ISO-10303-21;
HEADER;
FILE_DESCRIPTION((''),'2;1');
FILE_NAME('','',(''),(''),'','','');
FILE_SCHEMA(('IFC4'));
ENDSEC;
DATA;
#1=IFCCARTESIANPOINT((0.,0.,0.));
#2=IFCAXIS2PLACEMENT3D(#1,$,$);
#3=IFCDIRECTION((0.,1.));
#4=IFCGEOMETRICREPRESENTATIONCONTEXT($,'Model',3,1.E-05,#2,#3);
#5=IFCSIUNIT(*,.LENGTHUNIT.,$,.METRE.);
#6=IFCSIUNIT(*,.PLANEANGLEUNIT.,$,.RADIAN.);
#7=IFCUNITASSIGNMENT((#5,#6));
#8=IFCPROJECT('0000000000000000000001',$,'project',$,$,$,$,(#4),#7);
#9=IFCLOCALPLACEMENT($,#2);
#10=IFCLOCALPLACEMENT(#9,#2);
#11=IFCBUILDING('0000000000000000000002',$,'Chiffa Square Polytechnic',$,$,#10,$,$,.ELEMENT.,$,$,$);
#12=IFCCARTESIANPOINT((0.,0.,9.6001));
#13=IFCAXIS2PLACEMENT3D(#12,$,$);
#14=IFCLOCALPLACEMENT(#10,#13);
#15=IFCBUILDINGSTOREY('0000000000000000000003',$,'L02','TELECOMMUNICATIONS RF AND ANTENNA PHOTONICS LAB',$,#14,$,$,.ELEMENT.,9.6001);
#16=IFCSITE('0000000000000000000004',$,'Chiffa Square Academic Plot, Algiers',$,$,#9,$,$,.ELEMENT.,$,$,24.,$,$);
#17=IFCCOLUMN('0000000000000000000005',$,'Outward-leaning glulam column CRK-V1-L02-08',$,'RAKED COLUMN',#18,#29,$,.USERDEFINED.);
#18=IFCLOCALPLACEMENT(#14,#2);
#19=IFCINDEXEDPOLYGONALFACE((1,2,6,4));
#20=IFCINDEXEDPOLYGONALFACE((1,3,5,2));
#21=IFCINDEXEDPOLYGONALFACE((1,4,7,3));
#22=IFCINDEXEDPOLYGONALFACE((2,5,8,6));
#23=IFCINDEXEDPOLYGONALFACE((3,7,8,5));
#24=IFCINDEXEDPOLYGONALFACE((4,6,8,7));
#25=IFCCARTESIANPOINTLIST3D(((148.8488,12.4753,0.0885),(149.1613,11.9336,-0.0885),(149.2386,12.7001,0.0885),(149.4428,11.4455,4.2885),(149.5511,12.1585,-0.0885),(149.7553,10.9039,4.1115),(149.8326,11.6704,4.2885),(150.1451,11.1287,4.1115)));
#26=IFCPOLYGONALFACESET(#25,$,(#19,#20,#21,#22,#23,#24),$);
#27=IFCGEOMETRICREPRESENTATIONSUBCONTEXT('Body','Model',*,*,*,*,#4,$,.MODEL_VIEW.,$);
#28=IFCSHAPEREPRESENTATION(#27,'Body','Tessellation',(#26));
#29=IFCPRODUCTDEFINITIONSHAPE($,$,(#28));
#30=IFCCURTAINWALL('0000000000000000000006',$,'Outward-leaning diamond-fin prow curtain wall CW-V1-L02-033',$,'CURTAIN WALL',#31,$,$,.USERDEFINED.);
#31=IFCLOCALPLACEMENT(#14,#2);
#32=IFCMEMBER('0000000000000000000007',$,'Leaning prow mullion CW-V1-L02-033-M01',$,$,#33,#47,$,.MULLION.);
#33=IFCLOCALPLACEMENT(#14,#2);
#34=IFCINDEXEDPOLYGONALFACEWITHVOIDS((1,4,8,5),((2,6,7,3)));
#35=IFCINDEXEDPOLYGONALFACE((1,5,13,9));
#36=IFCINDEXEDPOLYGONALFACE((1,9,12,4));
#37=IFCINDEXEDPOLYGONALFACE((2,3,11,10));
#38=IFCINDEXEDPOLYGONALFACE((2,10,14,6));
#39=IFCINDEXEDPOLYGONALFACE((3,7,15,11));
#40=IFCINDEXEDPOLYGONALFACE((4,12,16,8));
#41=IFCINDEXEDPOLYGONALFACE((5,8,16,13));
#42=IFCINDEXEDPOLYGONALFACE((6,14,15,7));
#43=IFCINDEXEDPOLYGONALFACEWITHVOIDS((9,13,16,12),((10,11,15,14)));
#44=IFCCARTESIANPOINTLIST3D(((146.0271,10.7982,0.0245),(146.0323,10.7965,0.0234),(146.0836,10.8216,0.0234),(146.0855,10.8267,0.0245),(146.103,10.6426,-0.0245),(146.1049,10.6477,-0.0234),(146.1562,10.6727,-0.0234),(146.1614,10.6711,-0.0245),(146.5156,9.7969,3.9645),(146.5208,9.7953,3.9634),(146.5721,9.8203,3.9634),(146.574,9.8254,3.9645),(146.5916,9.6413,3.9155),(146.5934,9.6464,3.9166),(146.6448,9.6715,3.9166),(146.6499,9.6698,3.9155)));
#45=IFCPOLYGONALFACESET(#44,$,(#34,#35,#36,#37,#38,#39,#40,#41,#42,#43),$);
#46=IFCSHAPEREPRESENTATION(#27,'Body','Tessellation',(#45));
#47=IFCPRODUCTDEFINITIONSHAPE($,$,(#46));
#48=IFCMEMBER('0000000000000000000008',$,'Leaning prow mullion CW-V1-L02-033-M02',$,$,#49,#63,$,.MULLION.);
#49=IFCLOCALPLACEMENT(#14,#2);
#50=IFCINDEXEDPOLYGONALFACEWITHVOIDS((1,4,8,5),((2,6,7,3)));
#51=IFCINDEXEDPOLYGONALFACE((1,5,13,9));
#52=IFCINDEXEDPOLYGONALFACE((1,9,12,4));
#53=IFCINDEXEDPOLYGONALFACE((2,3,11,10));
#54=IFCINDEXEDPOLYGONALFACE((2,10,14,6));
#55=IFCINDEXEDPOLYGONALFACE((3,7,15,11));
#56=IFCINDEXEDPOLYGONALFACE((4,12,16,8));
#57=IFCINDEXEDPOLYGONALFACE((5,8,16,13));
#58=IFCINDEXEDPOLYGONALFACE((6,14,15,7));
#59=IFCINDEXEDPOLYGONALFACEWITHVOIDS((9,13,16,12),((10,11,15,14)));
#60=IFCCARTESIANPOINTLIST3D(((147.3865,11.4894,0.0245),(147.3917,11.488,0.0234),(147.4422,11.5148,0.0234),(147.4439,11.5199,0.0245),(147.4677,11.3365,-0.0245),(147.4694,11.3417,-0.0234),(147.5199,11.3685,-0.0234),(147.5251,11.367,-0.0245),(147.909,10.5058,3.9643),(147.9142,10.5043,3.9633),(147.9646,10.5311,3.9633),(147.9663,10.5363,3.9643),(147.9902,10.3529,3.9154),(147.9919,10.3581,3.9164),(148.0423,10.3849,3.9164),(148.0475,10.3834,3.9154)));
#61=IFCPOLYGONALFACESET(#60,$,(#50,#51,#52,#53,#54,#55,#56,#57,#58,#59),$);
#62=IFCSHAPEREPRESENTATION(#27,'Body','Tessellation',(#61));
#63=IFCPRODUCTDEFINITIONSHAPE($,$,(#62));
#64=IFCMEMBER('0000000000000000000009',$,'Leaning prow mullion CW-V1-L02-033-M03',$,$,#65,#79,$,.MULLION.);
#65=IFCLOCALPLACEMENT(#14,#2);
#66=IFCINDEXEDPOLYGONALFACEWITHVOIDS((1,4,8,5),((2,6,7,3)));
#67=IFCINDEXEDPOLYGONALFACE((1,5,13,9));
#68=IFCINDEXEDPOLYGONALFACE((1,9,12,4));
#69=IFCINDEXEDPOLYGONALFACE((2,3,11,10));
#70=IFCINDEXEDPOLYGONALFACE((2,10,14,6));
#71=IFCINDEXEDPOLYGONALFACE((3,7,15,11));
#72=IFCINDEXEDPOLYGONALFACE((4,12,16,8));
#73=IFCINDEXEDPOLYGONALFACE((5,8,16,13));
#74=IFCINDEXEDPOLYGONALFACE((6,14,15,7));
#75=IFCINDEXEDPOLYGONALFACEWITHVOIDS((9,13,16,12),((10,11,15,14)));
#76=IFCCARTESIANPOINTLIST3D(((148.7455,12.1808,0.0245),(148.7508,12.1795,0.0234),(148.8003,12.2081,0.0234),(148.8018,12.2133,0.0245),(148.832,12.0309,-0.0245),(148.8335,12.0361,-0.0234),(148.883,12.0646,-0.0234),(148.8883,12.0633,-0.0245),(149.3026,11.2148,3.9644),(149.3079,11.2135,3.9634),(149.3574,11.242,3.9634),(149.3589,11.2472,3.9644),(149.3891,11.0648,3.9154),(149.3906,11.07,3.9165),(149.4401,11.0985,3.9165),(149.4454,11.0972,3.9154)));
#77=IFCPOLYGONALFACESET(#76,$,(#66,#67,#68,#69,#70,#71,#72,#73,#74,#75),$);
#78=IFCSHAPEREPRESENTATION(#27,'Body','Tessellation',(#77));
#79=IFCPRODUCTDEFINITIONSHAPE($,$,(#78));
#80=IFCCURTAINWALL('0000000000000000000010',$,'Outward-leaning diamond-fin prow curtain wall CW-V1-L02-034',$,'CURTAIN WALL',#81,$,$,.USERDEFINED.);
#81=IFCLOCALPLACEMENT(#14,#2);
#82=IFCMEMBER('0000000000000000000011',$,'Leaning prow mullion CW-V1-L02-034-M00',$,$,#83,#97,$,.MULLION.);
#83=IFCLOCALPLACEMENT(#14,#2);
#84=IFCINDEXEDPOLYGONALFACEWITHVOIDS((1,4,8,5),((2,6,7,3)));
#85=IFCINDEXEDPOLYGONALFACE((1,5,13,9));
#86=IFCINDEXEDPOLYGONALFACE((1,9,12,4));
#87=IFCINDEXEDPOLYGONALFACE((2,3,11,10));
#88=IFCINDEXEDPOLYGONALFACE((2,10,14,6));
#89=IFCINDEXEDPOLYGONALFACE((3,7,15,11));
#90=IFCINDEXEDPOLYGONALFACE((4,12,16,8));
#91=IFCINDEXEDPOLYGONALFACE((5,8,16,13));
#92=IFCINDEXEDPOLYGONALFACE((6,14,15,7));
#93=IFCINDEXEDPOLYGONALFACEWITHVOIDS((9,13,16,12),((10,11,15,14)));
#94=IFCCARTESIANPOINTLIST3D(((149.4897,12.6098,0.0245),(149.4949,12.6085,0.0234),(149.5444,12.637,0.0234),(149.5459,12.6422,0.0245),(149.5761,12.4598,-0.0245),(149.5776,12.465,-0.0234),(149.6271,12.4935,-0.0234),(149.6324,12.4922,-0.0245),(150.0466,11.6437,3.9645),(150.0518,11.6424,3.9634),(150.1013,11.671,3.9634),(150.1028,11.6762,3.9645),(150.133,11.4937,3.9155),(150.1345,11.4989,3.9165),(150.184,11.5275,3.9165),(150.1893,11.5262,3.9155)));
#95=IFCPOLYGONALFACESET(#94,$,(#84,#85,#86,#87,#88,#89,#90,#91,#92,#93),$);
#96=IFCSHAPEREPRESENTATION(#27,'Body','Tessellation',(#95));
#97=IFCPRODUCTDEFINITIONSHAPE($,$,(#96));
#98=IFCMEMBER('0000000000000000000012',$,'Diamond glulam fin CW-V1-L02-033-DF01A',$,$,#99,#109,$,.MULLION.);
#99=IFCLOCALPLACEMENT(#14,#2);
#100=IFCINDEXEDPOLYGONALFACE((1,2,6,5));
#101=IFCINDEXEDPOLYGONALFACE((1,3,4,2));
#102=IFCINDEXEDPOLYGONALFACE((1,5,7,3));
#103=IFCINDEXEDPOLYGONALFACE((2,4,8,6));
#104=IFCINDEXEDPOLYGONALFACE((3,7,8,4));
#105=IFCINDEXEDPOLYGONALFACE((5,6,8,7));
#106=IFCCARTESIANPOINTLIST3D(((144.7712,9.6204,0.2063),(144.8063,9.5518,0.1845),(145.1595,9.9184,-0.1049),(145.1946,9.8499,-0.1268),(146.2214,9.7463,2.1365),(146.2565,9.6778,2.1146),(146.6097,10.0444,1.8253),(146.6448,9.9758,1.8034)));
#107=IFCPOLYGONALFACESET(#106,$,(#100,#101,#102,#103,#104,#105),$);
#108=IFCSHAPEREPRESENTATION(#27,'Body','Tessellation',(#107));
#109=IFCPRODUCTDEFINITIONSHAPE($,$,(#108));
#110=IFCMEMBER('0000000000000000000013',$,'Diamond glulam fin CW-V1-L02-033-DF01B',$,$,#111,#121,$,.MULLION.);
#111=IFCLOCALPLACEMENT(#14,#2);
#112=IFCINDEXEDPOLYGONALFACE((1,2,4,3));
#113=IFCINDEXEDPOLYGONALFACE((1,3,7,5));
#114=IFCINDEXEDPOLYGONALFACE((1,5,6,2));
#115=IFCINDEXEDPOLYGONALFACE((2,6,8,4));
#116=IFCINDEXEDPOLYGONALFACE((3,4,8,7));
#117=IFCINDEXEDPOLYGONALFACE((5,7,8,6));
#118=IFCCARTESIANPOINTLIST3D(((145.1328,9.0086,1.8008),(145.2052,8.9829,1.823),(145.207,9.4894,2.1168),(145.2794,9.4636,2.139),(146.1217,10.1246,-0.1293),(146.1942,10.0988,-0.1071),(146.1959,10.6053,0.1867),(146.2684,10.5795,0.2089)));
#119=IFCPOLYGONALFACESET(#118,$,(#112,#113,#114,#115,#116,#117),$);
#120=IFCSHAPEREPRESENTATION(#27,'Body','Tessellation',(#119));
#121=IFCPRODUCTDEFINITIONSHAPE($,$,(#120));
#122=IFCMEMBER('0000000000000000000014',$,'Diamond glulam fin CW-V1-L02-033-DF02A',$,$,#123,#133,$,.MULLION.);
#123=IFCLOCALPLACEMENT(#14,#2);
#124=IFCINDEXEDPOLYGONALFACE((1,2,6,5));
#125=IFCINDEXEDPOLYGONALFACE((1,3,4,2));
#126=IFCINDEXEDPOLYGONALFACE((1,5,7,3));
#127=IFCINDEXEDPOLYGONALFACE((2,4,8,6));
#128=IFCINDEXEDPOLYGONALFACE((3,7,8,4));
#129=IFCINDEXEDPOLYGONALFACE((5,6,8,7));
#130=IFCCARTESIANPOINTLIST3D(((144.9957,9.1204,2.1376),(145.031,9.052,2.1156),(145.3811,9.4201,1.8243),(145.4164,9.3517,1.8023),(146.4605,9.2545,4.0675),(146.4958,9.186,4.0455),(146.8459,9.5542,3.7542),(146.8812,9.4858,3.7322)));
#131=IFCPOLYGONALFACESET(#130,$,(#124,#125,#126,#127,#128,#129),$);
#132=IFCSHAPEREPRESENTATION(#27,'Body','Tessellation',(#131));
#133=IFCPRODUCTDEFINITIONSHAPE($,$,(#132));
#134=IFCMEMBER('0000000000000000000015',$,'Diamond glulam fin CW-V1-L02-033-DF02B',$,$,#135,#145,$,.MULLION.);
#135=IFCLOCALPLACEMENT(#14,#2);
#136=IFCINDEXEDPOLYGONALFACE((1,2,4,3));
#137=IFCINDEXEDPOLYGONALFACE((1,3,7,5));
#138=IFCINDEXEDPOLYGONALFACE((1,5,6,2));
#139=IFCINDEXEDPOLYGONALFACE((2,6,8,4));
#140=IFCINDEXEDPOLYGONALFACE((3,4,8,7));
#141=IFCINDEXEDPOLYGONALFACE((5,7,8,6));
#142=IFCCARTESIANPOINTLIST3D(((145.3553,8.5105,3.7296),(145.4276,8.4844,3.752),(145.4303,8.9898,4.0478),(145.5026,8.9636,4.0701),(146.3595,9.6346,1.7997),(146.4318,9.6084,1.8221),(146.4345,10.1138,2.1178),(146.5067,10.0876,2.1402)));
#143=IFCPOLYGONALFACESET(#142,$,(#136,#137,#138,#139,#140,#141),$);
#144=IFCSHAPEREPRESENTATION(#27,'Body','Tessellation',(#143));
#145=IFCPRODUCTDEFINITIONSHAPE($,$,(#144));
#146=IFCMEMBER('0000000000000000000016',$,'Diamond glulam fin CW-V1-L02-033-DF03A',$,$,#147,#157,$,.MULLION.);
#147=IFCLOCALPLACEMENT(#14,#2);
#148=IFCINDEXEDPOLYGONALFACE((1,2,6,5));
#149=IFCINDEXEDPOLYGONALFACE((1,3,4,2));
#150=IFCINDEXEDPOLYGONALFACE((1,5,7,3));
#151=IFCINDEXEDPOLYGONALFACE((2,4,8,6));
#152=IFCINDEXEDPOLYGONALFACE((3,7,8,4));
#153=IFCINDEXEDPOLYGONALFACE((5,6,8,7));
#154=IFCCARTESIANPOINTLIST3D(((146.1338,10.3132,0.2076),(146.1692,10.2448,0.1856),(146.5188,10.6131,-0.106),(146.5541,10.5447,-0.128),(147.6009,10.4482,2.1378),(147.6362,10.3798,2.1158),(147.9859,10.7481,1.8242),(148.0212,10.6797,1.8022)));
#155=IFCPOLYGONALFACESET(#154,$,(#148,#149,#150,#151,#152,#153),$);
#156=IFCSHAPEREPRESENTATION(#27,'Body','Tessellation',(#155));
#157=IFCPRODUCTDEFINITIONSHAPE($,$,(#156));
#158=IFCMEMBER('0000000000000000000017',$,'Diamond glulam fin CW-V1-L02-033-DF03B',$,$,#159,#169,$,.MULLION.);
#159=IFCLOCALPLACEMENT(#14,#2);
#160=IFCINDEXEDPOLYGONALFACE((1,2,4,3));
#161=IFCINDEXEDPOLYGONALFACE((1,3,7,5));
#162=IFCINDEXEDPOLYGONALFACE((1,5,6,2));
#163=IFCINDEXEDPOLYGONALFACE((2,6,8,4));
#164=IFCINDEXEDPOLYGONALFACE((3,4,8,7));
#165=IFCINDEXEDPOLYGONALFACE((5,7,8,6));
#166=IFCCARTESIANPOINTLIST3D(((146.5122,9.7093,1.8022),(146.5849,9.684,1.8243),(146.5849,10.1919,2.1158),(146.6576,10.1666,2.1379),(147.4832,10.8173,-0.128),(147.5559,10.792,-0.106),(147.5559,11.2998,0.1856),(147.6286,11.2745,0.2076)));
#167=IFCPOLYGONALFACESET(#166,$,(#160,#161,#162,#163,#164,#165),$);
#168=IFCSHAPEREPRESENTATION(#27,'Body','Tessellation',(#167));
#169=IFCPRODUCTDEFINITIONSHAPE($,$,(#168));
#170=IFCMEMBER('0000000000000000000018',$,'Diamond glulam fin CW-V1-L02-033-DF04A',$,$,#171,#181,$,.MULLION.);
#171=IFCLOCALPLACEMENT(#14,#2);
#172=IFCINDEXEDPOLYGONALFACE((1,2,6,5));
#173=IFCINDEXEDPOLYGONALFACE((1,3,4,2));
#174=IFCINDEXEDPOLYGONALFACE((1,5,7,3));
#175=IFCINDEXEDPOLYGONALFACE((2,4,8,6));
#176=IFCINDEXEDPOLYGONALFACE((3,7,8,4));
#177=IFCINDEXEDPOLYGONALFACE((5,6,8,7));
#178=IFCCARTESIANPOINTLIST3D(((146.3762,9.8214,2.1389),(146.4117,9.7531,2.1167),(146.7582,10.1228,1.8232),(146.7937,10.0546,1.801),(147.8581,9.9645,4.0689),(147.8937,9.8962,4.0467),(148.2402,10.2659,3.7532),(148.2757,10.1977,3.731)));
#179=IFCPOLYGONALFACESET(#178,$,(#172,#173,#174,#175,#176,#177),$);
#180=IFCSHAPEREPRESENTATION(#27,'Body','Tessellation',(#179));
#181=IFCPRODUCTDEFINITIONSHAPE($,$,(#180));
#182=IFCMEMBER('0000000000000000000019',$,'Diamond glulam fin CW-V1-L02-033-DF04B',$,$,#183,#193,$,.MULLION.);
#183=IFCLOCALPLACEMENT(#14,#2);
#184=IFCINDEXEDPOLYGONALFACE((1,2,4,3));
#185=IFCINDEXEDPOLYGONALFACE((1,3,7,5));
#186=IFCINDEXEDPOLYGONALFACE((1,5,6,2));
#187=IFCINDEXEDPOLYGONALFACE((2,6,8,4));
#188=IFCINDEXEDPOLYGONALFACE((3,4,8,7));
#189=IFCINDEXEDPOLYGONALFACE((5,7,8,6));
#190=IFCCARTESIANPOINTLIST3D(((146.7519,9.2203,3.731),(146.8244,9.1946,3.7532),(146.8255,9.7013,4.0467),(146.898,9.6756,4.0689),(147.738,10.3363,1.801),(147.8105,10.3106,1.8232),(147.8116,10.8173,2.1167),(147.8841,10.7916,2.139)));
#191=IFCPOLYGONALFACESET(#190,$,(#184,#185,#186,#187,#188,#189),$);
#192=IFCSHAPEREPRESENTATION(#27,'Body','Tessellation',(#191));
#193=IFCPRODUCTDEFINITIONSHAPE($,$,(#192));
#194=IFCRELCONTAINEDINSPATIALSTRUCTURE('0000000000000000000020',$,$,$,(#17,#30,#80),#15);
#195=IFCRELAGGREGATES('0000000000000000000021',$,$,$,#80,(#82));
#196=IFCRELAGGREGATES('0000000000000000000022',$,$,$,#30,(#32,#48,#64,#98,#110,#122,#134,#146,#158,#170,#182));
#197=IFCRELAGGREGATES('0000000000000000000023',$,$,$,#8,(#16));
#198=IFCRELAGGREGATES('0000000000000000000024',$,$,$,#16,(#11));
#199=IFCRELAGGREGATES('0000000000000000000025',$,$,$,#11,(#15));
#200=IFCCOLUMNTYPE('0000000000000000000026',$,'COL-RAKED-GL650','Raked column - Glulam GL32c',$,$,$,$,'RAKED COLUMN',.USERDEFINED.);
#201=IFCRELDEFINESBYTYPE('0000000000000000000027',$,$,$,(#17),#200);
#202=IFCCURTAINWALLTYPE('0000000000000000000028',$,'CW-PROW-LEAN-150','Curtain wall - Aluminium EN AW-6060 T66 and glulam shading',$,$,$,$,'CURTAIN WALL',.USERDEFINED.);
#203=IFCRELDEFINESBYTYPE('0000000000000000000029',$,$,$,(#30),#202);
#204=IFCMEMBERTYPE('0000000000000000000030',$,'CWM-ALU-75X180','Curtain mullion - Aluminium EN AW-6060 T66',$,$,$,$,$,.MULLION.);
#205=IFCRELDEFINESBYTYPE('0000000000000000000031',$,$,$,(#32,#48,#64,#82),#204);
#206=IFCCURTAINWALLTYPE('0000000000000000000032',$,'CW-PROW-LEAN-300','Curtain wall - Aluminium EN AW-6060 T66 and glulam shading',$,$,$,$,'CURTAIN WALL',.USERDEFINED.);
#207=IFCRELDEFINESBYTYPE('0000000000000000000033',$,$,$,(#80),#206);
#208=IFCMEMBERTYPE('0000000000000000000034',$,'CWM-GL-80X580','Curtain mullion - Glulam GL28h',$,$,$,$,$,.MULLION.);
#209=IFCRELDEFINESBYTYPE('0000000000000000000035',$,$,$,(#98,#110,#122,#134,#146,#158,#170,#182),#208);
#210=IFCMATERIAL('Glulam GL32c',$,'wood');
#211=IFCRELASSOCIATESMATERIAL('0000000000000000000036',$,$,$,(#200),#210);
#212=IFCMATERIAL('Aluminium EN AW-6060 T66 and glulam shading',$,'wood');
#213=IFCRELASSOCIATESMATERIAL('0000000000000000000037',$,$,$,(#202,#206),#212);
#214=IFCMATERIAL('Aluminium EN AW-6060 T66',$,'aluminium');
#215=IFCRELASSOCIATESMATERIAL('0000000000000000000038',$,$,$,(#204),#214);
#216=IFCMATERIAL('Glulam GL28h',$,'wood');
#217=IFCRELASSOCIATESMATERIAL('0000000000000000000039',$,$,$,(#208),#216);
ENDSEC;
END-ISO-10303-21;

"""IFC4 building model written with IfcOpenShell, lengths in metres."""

from ifc_helpers import new_model, si_unit, direction, frame, origin, origin_2d, place, context, subcontext, project, spatial, rectangle, hollow_rectangle, extrude, material, material_profile, profile_set, type_object, element, aggregate, save


model = new_model("IFC4")

# Units and contexts
model_context = context("Model", 3, precision=1e-05, world=origin(), true_north=direction((0.0, 1.0)))
body_context = subcontext(model_context, "Body", "Model", "MODEL_VIEW")
ifc_project = project(units=[si_unit("LENGTHUNIT", "METRE"), si_unit("PLANEANGLEUNIT", "RADIAN")], contexts=[model_context])

# Site, building, storey
site_placement = place(None, origin())
site = spatial("IfcSite", under=ifc_project, at=site_placement, Name="Chiffa Square Academic Plot, Algiers", CompositionType="ELEMENT", RefElevation=24.0)
building_placement = place(site_placement, origin())
building = spatial("IfcBuilding", under=site, at=building_placement, Name="Chiffa Square Polytechnic", CompositionType="ELEMENT")
storey_placement = place(building_placement, frame((0.0, 0.0, 9.6001)))
storey = spatial("IfcBuildingStorey", under=building, at=storey_placement, Name="L02", Description="TELECOMMUNICATIONS RF AND ANTENNA PHOTONICS LAB", CompositionType="ELEMENT", Elevation=9.6001)

# Column
ifc_material_1 = material(Name="Glulam GL32c", Category="wood")
ifc_material_profile_1 = material_profile(ifc_material_1, rectangle(XDim=0.45, YDim=0.6499, at=origin_2d()), Name="GL32c 450x650")
ifc_profile_set_1 = profile_set([ifc_material_profile_1], Name="Glulam GL32c")
column_type = type_object("IfcColumnType", Name="COL-RAKED-GL650", Description="Raked column - Glulam GL32c", ElementType="RAKED COLUMN", PredefinedType="USERDEFINED", material=ifc_profile_set_1)
column_placement = place(storey_placement, frame((149.2, 12.3169, 0.0), z_axis=(0.136082, -0.235921, 0.962197), x_axis=(0.866227, 0.499651, 0.0)))
element("IfcColumn", 1, at=column_placement, inside=storey, type_object=column_type, Name="Outward-leaning glulam column CRK-V1-L02-08", ObjectType="RAKED COLUMN", PredefinedType="USERDEFINED", context=body_context, shape_type="SweptSolid", body=[
    extrude(rectangle(XDim=0.45, YDim=0.6499, at=origin_2d()), origin(), (0.0, 0.0, 1.0), 4.365),
])

# Curtain wall, members
ifc_material_2 = material(Name="Aluminium EN AW-6060 T66 and glulam shading", Category="wood")
curtain_wall_type_1 = type_object("IfcCurtainWallType", Name="CW-PROW-LEAN-150", Description="Curtain wall - Aluminium EN AW-6060 T66 and glulam shading", ElementType="CURTAIN WALL", PredefinedType="USERDEFINED", material=ifc_material_2)
curtain_wall_1_placement = place(storey_placement, origin())
curtain_wall_1 = element("IfcCurtainWall", 2, at=curtain_wall_1_placement, inside=storey, type_object=curtain_wall_type_1, Name="Outward-leaning diamond-fin prow curtain wall CW-V1-L02-033", ObjectType="CURTAIN WALL", PredefinedType="USERDEFINED")
ifc_material_3 = material(Name="Aluminium EN AW-6060 T66", Category="aluminium")
ifc_material_profile_2 = material_profile(ifc_material_3, hollow_rectangle(XDim=0.0649, YDim=0.1799, WallThickness=0.0039, at=origin_2d()), Name="ALU 65x180x4")
ifc_profile_set_2 = profile_set([ifc_material_profile_2], Name="Aluminium EN AW-6060 T66")
member_type_1 = type_object("IfcMemberType", Name="CWM-ALU-75X180", Description="Curtain mullion - Aluminium EN AW-6060 T66", PredefinedType="MULLION", material=ifc_profile_set_2)
member_1_placement = place(storey_placement, frame((146.0942, 10.7346, 0.0), z_axis=(0.119315, -0.244533, 0.962272), x_axis=(0.898724, 0.438514, 0.0)))
member_1 = element("IfcMember", 3, at=member_1_placement, type_object=member_type_1, Name="Leaning prow mullion CW-V1-L02-033-M01", PredefinedType="MULLION", context=body_context, shape_type="SweptSolid", body=[
    extrude(hollow_rectangle(XDim=0.0649, YDim=0.1799, WallThickness=0.0039, at=origin_2d()), origin(), (0.0, 0.0, 1.0), 4.0945),
])
member_2_placement = place(storey_placement, frame((147.4558, 11.4282, 0.0), z_axis=(0.127606, -0.240244, 0.962289), x_axis=(0.883153, 0.469086, 0.0)))
member_2 = element("IfcMember", 4, at=member_2_placement, type_object=member_type_1, Name="Leaning prow mullion CW-V1-L02-033-M02", PredefinedType="MULLION", context=body_context, shape_type="SweptSolid", body=[
    extrude(hollow_rectangle(XDim=0.0649, YDim=0.1799, WallThickness=0.0039, at=origin_2d()), origin(), (0.0, 0.0, 1.0), 4.0942),
])
member_3_placement = place(storey_placement, frame((148.8169, 12.1221, 0.0), z_axis=(0.13606, -0.235929, 0.962198), x_axis=(0.866269, 0.499577, 0.0)))
member_3 = element("IfcMember", 5, at=member_3_placement, type_object=member_type_1, Name="Leaning prow mullion CW-V1-L02-033-M03", PredefinedType="MULLION", context=body_context, shape_type="SweptSolid", body=[
    extrude(hollow_rectangle(XDim=0.0649, YDim=0.1799, WallThickness=0.0039, at=origin_2d()), origin(), (0.0, 0.0, 1.0), 4.0947),
])

# Curtain wall, member
curtain_wall_type_2 = type_object("IfcCurtainWallType", Name="CW-PROW-LEAN-300", Description="Curtain wall - Aluminium EN AW-6060 T66 and glulam shading", ElementType="CURTAIN WALL", PredefinedType="USERDEFINED", material=ifc_material_2)
curtain_wall_2_placement = place(storey_placement, origin())
curtain_wall_2 = element("IfcCurtainWall", 6, at=curtain_wall_2_placement, inside=storey, type_object=curtain_wall_type_2, Name="Outward-leaning diamond-fin prow curtain wall CW-V1-L02-034", ObjectType="CURTAIN WALL", PredefinedType="USERDEFINED")
member_4_placement = place(storey_placement, frame((149.561, 12.551, 0.0), z_axis=(0.136001, -0.235931, 0.962206), x_axis=(0.866364, 0.499413, 0.0)))
member_4 = element("IfcMember", 7, at=member_4_placement, type_object=member_type_1, Name="Leaning prow mullion CW-V1-L02-034-M00", PredefinedType="MULLION", context=body_context, shape_type="SweptSolid", body=[
    extrude(hollow_rectangle(XDim=0.0649, YDim=0.1799, WallThickness=0.0039, at=origin_2d()), origin(), (0.0, 0.0, 1.0), 4.0947),
])

# Members
ifc_material_4 = material(Name="Glulam GL28h", Category="wood")
ifc_material_profile_3 = material_profile(ifc_material_4, rectangle(XDim=0.0801, YDim=0.5801, at=origin_2d()), Name="GL28h 80x580")
ifc_profile_set_3 = profile_set([ifc_material_profile_3], Name="Glulam GL28h")
member_type_2 = type_object("IfcMemberType", Name="CWM-GL-80X580", Description="Curtain mullion - Glulam GL28h", PredefinedType="MULLION", material=ifc_profile_set_3)
member_5_placement = place(storey_placement, frame((144.9829, 9.7351, 0.0398), z_axis=(0.599863, 0.052109, 0.798404), x_axis=(-0.438218, 0.856295, 0.273358)))
member_5 = element("IfcMember", 8, at=member_5_placement, type_object=member_type_2, Name="Diamond glulam fin CW-V1-L02-033-DF01A", PredefinedType="MULLION", context=body_context, shape_type="SweptSolid", body=[
    extrude(rectangle(XDim=0.0801, YDim=0.5801, at=origin_2d()), origin(), (0.0, 0.0, 1.0), 2.4175),
])
member_6_placement = place(storey_placement, frame((146.1951, 10.3521, 0.0398), z_axis=(-0.405486, -0.457536, 0.791354), x_axis=(0.905109, -0.322092, 0.277551)))
member_6 = element("IfcMember", 9, at=member_6_placement, type_object=member_type_2, Name="Diamond glulam fin CW-V1-L02-033-DF01B", PredefinedType="MULLION", context=body_context, shape_type="SweptSolid", body=[
    extrude(rectangle(XDim=0.0801, YDim=0.5801, at=origin_2d()), origin(), (0.0, 0.0, 1.0), 2.439),
])
member_7_placement = place(storey_placement, frame((145.2061, 9.2361, 1.97), z_axis=(0.603662, 0.055235, 0.795325), x_axis=(-0.440756, 0.854399, 0.275202)))
member_7 = element("IfcMember", 10, at=member_7_placement, type_object=member_type_2, Name="Diamond glulam fin CW-V1-L02-033-DF02A", PredefinedType="MULLION", context=body_context, shape_type="SweptSolid", body=[
    extrude(rectangle(XDim=0.0801, YDim=0.5801, at=origin_2d()), origin(), (0.0, 0.0, 1.0), 2.4265),
])
member_8_placement = place(storey_placement, frame((146.4331, 9.8611, 1.97), z_axis=(-0.410066, -0.459019, 0.788129), x_axis=(0.902848, -0.326775, 0.279436)))
member_8 = element("IfcMember", 11, at=member_8_placement, type_object=member_type_2, Name="Diamond glulam fin CW-V1-L02-033-DF02B", PredefinedType="MULLION", context=body_context, shape_type="SweptSolid", body=[
    extrude(rectangle(XDim=0.0801, YDim=0.5801, at=origin_2d()), origin(), (0.0, 0.0, 1.0), 2.4487),
])
member_9_placement = place(storey_placement, frame((146.344, 10.429, 0.0398), z_axis=(0.604175, 0.055601, 0.794909), x_axis=(-0.441016, 0.854186, 0.275449)))
member_9 = element("IfcMember", 12, at=member_9_placement, type_object=member_type_2, Name="Diamond glulam fin CW-V1-L02-033-DF03A", PredefinedType="MULLION", context=body_context, shape_type="SweptSolid", body=[
    extrude(rectangle(XDim=0.0801, YDim=0.5801, at=origin_2d()), origin(), (0.0, 0.0, 1.0), 2.4282),
])
member_10_placement = place(storey_placement, frame((147.5559, 11.0459, 0.0398), z_axis=(-0.399876, -0.456283, 0.794925), x_axis=(0.907951, -0.315844, 0.27544)))
member_10 = element("IfcMember", 13, at=member_10_placement, type_object=member_type_2, Name="Diamond glulam fin CW-V1-L02-033-DF03B", PredefinedType="MULLION", context=body_context, shape_type="SweptSolid", body=[
    extrude(rectangle(XDim=0.0801, YDim=0.5801, at=origin_2d()), origin(), (0.0, 0.0, 1.0), 2.4282),
])
member_11_placement = place(storey_placement, frame((146.585, 9.938, 1.97), z_axis=(0.607982, 0.058695, 0.791778), x_axis=(-0.443416, 0.852341, 0.277301)))
member_11 = element("IfcMember", 14, at=member_11_placement, type_object=member_type_2, Name="Diamond glulam fin CW-V1-L02-033-DF04A", PredefinedType="MULLION", context=body_context, shape_type="SweptSolid", body=[
    extrude(rectangle(XDim=0.0801, YDim=0.5801, at=origin_2d()), origin(), (0.0, 0.0, 1.0), 2.4375),
])
member_12_placement = place(storey_placement, frame((147.811, 10.564, 1.97), z_axis=(-0.404514, -0.457795, 0.791702), x_axis=(0.905687, -0.32064, 0.277346)))
member_12 = element("IfcMember", 15, at=member_12_placement, type_object=member_type_2, Name="Diamond glulam fin CW-V1-L02-033-DF04B", PredefinedType="MULLION", context=body_context, shape_type="SweptSolid", body=[
    extrude(rectangle(XDim=0.0801, YDim=0.5801, at=origin_2d()), origin(), (0.0, 0.0, 1.0), 2.4377),
])

aggregate(curtain_wall_2, [member_4])
aggregate(curtain_wall_1, [member_1, member_2, member_3, member_5, member_6, member_7, member_8, member_9, member_10, member_11, member_12])

save(model, "model.ifc")
